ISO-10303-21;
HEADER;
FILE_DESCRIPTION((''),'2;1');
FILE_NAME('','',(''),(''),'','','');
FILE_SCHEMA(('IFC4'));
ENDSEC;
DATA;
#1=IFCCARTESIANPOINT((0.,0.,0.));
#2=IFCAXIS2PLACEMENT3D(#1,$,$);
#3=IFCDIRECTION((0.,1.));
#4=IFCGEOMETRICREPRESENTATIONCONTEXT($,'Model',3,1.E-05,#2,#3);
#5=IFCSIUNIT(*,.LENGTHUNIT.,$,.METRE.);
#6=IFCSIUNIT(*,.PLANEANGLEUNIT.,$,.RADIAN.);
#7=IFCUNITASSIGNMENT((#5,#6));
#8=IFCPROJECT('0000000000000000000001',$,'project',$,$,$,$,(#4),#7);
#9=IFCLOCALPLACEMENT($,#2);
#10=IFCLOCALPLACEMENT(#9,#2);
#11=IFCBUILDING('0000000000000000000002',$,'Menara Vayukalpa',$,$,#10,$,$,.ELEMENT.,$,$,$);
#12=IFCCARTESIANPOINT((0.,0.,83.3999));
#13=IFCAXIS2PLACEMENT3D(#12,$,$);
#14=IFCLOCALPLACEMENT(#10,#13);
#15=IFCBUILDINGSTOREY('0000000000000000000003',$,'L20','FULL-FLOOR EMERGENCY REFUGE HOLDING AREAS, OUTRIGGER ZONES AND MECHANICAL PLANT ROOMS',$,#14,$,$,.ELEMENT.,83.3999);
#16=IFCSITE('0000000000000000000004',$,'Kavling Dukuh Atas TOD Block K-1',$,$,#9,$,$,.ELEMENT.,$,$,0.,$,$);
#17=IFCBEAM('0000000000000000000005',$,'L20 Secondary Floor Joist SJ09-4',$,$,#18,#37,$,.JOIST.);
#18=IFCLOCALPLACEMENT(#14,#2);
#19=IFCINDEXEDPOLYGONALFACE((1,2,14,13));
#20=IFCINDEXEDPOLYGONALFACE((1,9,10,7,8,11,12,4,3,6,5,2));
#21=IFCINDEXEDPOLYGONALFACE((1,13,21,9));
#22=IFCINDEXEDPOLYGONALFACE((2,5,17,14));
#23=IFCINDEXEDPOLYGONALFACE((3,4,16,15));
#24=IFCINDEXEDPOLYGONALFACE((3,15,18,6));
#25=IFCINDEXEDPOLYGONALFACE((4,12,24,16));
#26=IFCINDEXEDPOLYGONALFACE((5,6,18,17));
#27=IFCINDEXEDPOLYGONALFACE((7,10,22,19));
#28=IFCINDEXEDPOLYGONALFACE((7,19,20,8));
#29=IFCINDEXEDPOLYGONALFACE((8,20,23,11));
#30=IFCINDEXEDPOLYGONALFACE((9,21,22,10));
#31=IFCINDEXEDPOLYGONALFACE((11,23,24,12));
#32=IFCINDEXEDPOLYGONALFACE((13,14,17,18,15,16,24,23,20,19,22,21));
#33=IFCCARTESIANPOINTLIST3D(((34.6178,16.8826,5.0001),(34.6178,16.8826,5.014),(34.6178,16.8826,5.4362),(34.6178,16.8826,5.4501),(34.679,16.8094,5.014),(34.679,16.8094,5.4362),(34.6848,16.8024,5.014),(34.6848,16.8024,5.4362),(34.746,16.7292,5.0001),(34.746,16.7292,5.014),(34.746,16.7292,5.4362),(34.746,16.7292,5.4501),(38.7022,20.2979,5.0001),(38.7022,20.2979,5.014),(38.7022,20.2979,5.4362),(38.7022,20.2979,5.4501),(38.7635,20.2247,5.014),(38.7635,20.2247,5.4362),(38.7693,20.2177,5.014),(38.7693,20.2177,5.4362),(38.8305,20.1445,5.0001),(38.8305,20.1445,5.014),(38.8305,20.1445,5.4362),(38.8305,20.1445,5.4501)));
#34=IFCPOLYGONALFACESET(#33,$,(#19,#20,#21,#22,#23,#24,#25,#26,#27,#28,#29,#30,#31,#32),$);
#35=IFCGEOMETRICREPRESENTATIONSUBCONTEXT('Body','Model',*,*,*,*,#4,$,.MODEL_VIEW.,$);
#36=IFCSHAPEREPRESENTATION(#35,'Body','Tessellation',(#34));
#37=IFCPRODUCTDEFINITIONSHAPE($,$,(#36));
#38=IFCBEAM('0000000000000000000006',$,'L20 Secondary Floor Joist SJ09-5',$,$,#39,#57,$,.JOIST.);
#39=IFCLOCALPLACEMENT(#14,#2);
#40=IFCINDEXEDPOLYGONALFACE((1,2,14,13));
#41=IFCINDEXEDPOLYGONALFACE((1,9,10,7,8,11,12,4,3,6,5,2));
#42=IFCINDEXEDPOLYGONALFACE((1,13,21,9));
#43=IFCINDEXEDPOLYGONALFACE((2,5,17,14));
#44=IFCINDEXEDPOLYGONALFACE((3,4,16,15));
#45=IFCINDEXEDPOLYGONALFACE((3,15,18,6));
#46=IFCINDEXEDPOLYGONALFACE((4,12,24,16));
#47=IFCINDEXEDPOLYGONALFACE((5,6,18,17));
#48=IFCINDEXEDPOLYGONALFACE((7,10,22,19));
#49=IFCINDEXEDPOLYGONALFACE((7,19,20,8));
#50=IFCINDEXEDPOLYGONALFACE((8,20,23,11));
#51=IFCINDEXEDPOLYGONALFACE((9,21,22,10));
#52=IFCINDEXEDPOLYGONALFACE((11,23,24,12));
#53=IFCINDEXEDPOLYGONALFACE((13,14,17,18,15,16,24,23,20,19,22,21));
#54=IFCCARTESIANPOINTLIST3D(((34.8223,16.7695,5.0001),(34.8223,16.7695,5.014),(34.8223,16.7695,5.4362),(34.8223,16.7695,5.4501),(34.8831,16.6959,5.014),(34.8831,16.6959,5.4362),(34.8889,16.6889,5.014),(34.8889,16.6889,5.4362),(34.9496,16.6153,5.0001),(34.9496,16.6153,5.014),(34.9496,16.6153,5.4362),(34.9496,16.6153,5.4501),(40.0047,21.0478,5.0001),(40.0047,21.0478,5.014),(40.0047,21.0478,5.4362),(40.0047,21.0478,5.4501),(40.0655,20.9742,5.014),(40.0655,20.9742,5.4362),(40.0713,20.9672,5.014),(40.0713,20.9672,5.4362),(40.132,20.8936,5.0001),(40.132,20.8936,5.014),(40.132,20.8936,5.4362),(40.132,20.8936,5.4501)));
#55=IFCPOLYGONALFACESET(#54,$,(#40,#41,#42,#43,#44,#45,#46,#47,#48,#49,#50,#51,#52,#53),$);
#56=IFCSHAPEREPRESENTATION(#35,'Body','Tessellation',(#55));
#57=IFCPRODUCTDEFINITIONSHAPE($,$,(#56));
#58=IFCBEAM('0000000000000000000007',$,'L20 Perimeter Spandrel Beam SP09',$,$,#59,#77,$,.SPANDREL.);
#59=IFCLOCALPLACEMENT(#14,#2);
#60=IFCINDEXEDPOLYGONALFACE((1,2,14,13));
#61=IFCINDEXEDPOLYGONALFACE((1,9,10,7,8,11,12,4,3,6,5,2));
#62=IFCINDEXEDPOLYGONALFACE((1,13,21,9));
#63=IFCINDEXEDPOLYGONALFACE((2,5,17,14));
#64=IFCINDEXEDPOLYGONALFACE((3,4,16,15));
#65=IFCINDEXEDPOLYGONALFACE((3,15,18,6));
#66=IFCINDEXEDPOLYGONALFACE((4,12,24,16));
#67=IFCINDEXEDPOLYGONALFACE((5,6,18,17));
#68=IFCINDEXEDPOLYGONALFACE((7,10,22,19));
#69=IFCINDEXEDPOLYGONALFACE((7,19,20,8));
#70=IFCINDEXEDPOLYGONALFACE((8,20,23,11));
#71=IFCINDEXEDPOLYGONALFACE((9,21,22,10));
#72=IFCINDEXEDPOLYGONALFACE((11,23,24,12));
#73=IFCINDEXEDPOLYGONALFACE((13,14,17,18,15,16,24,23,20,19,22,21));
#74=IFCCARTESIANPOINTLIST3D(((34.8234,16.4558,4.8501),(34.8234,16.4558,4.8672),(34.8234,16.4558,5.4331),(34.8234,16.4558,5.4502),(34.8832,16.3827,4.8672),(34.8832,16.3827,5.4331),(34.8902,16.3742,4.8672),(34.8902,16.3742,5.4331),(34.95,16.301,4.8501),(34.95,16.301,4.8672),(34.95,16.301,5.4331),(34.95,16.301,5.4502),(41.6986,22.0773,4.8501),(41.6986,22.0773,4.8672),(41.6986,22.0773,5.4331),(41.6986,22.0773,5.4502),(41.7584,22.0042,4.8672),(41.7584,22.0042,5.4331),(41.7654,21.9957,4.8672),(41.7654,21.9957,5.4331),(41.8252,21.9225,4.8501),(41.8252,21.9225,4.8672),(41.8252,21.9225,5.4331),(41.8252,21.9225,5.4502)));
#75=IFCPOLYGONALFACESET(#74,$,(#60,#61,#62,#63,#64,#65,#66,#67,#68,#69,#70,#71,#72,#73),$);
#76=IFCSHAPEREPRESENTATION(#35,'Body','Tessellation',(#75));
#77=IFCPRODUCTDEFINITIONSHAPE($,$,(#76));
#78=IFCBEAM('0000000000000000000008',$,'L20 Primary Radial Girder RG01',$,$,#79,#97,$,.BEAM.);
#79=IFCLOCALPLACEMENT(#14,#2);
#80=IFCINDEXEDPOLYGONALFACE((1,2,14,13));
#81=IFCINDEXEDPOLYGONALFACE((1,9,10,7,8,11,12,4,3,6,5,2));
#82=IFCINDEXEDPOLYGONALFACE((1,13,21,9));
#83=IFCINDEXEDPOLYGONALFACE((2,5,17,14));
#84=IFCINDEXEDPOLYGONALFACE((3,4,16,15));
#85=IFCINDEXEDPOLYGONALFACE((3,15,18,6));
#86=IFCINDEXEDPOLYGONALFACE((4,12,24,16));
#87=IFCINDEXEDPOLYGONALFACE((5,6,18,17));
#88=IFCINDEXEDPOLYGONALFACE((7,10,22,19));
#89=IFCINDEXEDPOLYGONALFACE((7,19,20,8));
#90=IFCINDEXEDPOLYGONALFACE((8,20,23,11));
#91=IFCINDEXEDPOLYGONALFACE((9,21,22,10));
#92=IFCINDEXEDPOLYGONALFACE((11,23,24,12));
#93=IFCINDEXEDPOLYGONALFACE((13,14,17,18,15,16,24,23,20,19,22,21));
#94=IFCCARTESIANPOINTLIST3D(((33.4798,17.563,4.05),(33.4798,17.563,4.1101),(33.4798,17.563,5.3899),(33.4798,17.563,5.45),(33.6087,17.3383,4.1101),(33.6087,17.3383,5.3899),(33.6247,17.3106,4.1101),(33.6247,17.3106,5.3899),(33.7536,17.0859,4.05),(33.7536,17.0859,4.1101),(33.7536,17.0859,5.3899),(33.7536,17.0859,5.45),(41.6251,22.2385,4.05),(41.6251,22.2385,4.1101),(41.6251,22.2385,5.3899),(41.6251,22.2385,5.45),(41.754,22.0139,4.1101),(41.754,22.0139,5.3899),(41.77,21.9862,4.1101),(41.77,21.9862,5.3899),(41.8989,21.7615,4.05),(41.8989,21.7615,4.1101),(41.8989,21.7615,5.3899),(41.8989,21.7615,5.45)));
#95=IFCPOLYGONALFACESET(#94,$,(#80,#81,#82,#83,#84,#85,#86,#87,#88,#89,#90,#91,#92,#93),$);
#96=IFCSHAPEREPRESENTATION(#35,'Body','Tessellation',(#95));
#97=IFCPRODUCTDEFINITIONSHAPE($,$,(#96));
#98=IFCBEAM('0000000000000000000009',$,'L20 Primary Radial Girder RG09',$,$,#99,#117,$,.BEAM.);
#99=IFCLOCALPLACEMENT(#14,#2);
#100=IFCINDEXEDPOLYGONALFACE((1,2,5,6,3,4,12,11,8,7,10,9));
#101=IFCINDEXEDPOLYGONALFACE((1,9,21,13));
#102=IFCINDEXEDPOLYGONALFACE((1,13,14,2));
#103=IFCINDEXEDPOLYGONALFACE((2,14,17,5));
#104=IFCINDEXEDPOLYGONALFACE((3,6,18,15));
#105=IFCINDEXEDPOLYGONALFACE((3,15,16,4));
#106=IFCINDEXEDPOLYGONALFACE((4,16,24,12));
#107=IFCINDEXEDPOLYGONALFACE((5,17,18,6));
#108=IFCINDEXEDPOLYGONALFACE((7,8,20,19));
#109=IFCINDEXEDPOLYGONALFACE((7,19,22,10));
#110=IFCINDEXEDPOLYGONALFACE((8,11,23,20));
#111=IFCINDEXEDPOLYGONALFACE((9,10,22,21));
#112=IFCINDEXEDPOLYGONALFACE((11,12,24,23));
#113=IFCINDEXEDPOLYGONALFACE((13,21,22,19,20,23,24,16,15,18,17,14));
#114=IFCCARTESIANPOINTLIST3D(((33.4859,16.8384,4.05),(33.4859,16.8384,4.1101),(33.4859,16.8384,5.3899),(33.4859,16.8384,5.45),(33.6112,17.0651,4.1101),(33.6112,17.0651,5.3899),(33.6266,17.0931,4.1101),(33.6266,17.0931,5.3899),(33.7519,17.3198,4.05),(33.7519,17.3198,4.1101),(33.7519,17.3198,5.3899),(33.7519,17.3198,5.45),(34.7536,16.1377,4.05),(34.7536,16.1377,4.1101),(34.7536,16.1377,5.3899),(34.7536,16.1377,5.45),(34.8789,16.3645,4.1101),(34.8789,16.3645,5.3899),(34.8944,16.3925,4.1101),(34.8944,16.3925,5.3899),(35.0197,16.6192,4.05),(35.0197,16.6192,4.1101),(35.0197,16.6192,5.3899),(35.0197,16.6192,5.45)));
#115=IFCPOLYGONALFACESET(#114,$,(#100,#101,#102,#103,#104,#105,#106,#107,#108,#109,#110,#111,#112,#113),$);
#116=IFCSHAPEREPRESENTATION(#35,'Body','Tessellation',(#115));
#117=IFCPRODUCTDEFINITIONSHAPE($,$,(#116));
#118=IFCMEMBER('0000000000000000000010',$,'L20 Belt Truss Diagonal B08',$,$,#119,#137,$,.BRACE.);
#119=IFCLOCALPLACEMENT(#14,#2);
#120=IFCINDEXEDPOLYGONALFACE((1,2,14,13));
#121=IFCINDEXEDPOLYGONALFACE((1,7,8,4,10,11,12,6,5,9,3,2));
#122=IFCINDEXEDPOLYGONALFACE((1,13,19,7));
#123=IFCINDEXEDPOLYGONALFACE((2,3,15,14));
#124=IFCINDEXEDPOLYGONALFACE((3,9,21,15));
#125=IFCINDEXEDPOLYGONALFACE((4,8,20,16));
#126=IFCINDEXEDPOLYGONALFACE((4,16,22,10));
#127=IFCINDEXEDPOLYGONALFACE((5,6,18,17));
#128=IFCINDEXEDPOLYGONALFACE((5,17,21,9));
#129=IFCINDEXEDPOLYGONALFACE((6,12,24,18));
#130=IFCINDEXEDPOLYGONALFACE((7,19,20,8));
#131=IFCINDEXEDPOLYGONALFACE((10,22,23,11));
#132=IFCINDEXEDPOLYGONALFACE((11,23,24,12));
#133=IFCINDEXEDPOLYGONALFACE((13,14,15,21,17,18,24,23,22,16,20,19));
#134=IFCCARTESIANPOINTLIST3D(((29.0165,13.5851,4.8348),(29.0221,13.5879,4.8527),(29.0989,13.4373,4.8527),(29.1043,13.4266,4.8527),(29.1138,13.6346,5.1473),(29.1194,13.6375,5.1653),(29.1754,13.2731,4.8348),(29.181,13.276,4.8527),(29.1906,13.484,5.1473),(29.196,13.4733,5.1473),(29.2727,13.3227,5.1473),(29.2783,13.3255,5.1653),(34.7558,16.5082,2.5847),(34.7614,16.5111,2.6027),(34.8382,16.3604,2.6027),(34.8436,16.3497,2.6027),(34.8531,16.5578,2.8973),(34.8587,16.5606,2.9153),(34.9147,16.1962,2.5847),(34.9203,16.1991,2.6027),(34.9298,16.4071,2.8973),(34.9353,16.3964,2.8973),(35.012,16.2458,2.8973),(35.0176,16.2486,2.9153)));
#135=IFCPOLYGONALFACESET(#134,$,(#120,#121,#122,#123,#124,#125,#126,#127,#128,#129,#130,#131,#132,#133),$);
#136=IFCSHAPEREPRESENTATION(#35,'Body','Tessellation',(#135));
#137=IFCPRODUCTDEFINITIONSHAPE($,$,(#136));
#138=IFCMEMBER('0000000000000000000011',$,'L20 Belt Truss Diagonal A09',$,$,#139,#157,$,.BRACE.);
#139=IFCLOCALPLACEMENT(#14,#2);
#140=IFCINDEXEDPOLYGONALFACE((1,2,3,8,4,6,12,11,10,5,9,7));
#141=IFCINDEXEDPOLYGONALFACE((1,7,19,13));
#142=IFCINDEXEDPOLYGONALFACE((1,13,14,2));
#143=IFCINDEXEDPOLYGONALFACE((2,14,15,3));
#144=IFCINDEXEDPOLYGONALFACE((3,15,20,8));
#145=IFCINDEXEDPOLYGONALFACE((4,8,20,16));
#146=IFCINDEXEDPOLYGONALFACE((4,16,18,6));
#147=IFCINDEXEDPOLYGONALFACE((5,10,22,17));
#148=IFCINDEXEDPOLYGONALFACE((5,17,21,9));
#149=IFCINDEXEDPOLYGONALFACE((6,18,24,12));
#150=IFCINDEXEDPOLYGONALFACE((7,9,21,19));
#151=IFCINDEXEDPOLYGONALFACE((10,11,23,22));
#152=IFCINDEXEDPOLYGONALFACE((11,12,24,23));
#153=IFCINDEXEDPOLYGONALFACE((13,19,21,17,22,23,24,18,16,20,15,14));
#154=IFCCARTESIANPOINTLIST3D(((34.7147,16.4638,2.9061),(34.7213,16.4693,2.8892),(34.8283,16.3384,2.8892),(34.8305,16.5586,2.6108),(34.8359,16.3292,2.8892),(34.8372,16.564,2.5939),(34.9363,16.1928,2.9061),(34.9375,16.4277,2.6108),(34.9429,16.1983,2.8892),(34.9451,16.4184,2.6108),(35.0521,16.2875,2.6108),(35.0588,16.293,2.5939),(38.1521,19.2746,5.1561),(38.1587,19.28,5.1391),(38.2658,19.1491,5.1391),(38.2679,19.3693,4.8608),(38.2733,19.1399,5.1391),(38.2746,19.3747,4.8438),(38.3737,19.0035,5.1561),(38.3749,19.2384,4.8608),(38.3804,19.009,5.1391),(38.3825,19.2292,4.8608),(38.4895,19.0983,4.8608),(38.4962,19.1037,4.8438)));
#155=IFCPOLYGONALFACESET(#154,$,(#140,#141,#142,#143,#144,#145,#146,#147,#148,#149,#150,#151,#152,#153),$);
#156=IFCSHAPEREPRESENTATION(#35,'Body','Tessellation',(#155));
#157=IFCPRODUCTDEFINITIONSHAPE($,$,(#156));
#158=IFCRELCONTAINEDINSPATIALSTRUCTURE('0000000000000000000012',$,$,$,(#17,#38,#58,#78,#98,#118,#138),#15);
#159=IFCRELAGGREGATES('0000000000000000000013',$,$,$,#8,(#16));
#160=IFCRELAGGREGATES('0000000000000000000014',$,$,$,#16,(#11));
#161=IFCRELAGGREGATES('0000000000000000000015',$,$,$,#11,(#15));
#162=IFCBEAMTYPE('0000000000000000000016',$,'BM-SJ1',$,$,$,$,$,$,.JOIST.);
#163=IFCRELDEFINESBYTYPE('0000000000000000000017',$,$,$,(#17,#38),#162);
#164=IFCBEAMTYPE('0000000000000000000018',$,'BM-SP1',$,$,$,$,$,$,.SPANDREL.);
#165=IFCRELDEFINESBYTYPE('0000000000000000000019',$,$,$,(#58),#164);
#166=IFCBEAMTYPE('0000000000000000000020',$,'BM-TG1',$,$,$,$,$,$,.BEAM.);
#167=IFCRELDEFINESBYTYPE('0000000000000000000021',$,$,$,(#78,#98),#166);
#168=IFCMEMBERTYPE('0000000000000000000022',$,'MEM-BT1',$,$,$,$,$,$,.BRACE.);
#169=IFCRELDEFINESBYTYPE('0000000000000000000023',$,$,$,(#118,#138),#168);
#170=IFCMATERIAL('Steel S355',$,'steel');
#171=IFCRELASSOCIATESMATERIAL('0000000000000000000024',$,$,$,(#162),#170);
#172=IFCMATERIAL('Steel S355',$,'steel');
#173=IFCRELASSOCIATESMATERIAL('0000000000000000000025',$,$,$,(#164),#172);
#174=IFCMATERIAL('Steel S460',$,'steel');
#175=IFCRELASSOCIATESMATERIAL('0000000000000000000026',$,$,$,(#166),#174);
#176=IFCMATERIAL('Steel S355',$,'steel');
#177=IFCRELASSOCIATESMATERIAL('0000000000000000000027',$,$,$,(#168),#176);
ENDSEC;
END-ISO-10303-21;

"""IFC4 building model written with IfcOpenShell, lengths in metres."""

from ifc_helpers import new_model, si_unit, direction, frame, origin, origin_2d, place, context, subcontext, project, spatial, i_section, extrude, material, material_profile, profile_set, type_object, element, save


model = new_model("IFC4")

# Units and contexts
model_context = context("Model", 3, precision=1e-05, world=origin(), true_north=direction((0.0, 1.0)))
body_context = subcontext(model_context, "Body", "Model", "MODEL_VIEW")
ifc_project = project(units=[si_unit("LENGTHUNIT", "METRE"), si_unit("PLANEANGLEUNIT", "RADIAN")], contexts=[model_context])

# Site, building, storey
site_placement = place(None, origin())
site = spatial("IfcSite", under=ifc_project, at=site_placement, Name="Kavling Dukuh Atas TOD Block K-1", CompositionType="ELEMENT", RefElevation=0.0)
building_placement = place(site_placement, origin())
building = spatial("IfcBuilding", under=site, at=building_placement, Name="Menara Vayukalpa", CompositionType="ELEMENT")
storey_placement = place(building_placement, frame((0.0, 0.0, 83.3999)))
storey = spatial("IfcBuildingStorey", under=building, at=storey_placement, Name="L20", Description="FULL-FLOOR EMERGENCY REFUGE HOLDING AREAS, OUTRIGGER ZONES AND MECHANICAL PLANT ROOMS", CompositionType="ELEMENT", Elevation=83.3999)

# Beams
ifc_material_1 = material(Name="Steel S355", Category="steel")
ifc_material_profile_1 = material_profile(ifc_material_1, i_section(OverallWidth=0.2, OverallDepth=0.45, WebThickness=0.009, FlangeThickness=0.0139, at=origin_2d()), Name="WF 450x200x9x14")
ifc_profile_set_1 = profile_set([ifc_material_profile_1], Name="Steel S355")
beam_type_1 = type_object("IfcBeamType", Name="BM-SJ1", PredefinedType="JOIST", material=ifc_profile_set_1)
beam_1_placement = place(storey_placement, frame((34.6819, 16.8059, 5.2251), z_axis=(0.767153, 0.641464, 0.0), x_axis=(-0.641464, 0.767153, 0.0)))
element("IfcBeam", 1, at=beam_1_placement, inside=storey, type_object=beam_type_1, Name="L20 Secondary Floor Joist SJ09-4", PredefinedType="JOIST", context=body_context, shape_type="SweptSolid", body=[
    extrude(i_section(OverallWidth=0.2, OverallDepth=0.45, WebThickness=0.009, FlangeThickness=0.0139, at=origin_2d()), origin(), (0.0, 0.0, 1.0), 5.3242),
])
beam_2_placement = place(storey_placement, frame((34.886, 16.6924, 5.2251), z_axis=(0.771164, 0.636636, 0.0), x_axis=(-0.636636, 0.771164, 0.0)))
element("IfcBeam", 2, at=beam_2_placement, inside=storey, type_object=beam_type_1, Name="L20 Secondary Floor Joist SJ09-5", PredefinedType="JOIST", context=body_context, shape_type="SweptSolid", body=[
    extrude(i_section(OverallWidth=0.2, OverallDepth=0.45, WebThickness=0.009, FlangeThickness=0.0139, at=origin_2d()), origin(), (0.0, 0.0, 1.0), 6.7202),
])
ifc_material_2 = material(Name="Steel S355", Category="steel")
ifc_material_profile_2 = material_profile(ifc_material_2, i_section(OverallWidth=0.2, OverallDepth=0.6001, WebThickness=0.011, FlangeThickness=0.0171, at=origin_2d()), Name="WF 600x200x11x17")
ifc_profile_set_2 = profile_set([ifc_material_profile_2], Name="Steel S355")
beam_type_2 = type_object("IfcBeamType", Name="BM-SP1", PredefinedType="SPANDREL", material=ifc_profile_set_2)
beam_3_placement = place(storey_placement, frame((34.8867, 16.3784, 5.1501), z_axis=(0.774157, 0.632994, 0.0), x_axis=(-0.632994, 0.774157, 0.0)))
element("IfcBeam", 3, at=beam_3_placement, inside=storey, type_object=beam_type_2, Name="L20 Perimeter Spandrel Beam SP09", PredefinedType="SPANDREL", context=body_context, shape_type="SweptSolid", body=[
    extrude(i_section(OverallWidth=0.2, OverallDepth=0.6001, WebThickness=0.011, FlangeThickness=0.0171, at=origin_2d()), origin(), (0.0, 0.0, 1.0), 8.8809),
])
ifc_material_3 = material(Name="Steel S460", Category="steel")
ifc_material_profile_3 = material_profile(ifc_material_3, i_section(OverallWidth=0.55, OverallDepth=1.3999, WebThickness=0.032, FlangeThickness=0.0601, at=origin_2d()), Name="WG 1400x550x32x60")
ifc_profile_set_3 = profile_set([ifc_material_profile_3], Name="Steel S460")
beam_type_3 = type_object("IfcBeamType", Name="BM-TG1", PredefinedType="BEAM", material=ifc_profile_set_3)
beam_4_placement = place(storey_placement, frame((33.6167, 17.3245, 4.75), z_axis=(0.867274, 0.497832, 0.0), x_axis=(-0.497832, 0.867274, 0.0)))
element("IfcBeam", 4, at=beam_4_placement, inside=storey, type_object=beam_type_3, Name="L20 Primary Radial Girder RG01", PredefinedType="BEAM", context=body_context, shape_type="SweptSolid", body=[
    extrude(i_section(OverallWidth=0.55, OverallDepth=1.3999, WebThickness=0.032, FlangeThickness=0.0601, at=origin_2d()), origin(), (0.0, 0.0, 1.0), 9.3918),
])
beam_5_placement = place(storey_placement, frame((33.6189, 17.0791, 4.75), z_axis=(0.875228, -0.48371, 0.0), x_axis=(0.48371, 0.875228, 0.0)))
element("IfcBeam", 5, at=beam_5_placement, inside=storey, type_object=beam_type_3, Name="L20 Primary Radial Girder RG09", PredefinedType="BEAM", context=body_context, shape_type="SweptSolid", body=[
    extrude(i_section(OverallWidth=0.55, OverallDepth=1.3999, WebThickness=0.032, FlangeThickness=0.0601, at=origin_2d()), origin(), (0.0, 0.0, 1.0), 1.4485),
])

# Members
ifc_material_4 = material(Name="Steel S355", Category="steel")
ifc_material_profile_4 = material_profile(ifc_material_4, i_section(OverallWidth=0.3501, OverallDepth=0.3501, WebThickness=0.012, FlangeThickness=0.019, at=origin_2d()), Name="H 350x350x12x19")
ifc_profile_set_4 = profile_set([ifc_material_profile_4], Name="Steel S355")
member_type_1 = type_object("IfcMemberType", Name="MEM-BT1", PredefinedType="BRACE", material=ifc_profile_set_4)
member_1_placement = place(storey_placement, frame((34.8867, 16.3784, 2.75), z_axis=(-0.841229, -0.428451, 0.329793), x_axis=(0.453842, -0.891082, 0.0)))
element("IfcMember", 6, at=member_1_placement, inside=storey, type_object=member_type_1, Name="L20 Belt Truss Diagonal B08", PredefinedType="BRACE", context=body_context, shape_type="SweptSolid", body=[
    extrude(i_section(OverallWidth=0.3501, OverallDepth=0.3501, WebThickness=0.012, FlangeThickness=0.019, at=origin_2d()), origin(), (0.0, 0.0, 1.0), 6.8225),
])
member_2_placement = place(storey_placement, frame((34.8867, 16.3784, 2.75), z_axis=(0.690553, 0.564654, 0.451998), x_axis=(-0.633007, 0.774146, 0.0)))
element("IfcMember", 7, at=member_2_placement, inside=storey, type_object=member_type_1, Name="L20 Belt Truss Diagonal A09", PredefinedType="BRACE", context=body_context, shape_type="SweptSolid", body=[
    extrude(i_section(OverallWidth=0.3501, OverallDepth=0.3501, WebThickness=0.012, FlangeThickness=0.019, at=origin_2d()), origin(), (0.0, 0.0, 1.0), 4.9778),
])

save(model, "model.ifc")
